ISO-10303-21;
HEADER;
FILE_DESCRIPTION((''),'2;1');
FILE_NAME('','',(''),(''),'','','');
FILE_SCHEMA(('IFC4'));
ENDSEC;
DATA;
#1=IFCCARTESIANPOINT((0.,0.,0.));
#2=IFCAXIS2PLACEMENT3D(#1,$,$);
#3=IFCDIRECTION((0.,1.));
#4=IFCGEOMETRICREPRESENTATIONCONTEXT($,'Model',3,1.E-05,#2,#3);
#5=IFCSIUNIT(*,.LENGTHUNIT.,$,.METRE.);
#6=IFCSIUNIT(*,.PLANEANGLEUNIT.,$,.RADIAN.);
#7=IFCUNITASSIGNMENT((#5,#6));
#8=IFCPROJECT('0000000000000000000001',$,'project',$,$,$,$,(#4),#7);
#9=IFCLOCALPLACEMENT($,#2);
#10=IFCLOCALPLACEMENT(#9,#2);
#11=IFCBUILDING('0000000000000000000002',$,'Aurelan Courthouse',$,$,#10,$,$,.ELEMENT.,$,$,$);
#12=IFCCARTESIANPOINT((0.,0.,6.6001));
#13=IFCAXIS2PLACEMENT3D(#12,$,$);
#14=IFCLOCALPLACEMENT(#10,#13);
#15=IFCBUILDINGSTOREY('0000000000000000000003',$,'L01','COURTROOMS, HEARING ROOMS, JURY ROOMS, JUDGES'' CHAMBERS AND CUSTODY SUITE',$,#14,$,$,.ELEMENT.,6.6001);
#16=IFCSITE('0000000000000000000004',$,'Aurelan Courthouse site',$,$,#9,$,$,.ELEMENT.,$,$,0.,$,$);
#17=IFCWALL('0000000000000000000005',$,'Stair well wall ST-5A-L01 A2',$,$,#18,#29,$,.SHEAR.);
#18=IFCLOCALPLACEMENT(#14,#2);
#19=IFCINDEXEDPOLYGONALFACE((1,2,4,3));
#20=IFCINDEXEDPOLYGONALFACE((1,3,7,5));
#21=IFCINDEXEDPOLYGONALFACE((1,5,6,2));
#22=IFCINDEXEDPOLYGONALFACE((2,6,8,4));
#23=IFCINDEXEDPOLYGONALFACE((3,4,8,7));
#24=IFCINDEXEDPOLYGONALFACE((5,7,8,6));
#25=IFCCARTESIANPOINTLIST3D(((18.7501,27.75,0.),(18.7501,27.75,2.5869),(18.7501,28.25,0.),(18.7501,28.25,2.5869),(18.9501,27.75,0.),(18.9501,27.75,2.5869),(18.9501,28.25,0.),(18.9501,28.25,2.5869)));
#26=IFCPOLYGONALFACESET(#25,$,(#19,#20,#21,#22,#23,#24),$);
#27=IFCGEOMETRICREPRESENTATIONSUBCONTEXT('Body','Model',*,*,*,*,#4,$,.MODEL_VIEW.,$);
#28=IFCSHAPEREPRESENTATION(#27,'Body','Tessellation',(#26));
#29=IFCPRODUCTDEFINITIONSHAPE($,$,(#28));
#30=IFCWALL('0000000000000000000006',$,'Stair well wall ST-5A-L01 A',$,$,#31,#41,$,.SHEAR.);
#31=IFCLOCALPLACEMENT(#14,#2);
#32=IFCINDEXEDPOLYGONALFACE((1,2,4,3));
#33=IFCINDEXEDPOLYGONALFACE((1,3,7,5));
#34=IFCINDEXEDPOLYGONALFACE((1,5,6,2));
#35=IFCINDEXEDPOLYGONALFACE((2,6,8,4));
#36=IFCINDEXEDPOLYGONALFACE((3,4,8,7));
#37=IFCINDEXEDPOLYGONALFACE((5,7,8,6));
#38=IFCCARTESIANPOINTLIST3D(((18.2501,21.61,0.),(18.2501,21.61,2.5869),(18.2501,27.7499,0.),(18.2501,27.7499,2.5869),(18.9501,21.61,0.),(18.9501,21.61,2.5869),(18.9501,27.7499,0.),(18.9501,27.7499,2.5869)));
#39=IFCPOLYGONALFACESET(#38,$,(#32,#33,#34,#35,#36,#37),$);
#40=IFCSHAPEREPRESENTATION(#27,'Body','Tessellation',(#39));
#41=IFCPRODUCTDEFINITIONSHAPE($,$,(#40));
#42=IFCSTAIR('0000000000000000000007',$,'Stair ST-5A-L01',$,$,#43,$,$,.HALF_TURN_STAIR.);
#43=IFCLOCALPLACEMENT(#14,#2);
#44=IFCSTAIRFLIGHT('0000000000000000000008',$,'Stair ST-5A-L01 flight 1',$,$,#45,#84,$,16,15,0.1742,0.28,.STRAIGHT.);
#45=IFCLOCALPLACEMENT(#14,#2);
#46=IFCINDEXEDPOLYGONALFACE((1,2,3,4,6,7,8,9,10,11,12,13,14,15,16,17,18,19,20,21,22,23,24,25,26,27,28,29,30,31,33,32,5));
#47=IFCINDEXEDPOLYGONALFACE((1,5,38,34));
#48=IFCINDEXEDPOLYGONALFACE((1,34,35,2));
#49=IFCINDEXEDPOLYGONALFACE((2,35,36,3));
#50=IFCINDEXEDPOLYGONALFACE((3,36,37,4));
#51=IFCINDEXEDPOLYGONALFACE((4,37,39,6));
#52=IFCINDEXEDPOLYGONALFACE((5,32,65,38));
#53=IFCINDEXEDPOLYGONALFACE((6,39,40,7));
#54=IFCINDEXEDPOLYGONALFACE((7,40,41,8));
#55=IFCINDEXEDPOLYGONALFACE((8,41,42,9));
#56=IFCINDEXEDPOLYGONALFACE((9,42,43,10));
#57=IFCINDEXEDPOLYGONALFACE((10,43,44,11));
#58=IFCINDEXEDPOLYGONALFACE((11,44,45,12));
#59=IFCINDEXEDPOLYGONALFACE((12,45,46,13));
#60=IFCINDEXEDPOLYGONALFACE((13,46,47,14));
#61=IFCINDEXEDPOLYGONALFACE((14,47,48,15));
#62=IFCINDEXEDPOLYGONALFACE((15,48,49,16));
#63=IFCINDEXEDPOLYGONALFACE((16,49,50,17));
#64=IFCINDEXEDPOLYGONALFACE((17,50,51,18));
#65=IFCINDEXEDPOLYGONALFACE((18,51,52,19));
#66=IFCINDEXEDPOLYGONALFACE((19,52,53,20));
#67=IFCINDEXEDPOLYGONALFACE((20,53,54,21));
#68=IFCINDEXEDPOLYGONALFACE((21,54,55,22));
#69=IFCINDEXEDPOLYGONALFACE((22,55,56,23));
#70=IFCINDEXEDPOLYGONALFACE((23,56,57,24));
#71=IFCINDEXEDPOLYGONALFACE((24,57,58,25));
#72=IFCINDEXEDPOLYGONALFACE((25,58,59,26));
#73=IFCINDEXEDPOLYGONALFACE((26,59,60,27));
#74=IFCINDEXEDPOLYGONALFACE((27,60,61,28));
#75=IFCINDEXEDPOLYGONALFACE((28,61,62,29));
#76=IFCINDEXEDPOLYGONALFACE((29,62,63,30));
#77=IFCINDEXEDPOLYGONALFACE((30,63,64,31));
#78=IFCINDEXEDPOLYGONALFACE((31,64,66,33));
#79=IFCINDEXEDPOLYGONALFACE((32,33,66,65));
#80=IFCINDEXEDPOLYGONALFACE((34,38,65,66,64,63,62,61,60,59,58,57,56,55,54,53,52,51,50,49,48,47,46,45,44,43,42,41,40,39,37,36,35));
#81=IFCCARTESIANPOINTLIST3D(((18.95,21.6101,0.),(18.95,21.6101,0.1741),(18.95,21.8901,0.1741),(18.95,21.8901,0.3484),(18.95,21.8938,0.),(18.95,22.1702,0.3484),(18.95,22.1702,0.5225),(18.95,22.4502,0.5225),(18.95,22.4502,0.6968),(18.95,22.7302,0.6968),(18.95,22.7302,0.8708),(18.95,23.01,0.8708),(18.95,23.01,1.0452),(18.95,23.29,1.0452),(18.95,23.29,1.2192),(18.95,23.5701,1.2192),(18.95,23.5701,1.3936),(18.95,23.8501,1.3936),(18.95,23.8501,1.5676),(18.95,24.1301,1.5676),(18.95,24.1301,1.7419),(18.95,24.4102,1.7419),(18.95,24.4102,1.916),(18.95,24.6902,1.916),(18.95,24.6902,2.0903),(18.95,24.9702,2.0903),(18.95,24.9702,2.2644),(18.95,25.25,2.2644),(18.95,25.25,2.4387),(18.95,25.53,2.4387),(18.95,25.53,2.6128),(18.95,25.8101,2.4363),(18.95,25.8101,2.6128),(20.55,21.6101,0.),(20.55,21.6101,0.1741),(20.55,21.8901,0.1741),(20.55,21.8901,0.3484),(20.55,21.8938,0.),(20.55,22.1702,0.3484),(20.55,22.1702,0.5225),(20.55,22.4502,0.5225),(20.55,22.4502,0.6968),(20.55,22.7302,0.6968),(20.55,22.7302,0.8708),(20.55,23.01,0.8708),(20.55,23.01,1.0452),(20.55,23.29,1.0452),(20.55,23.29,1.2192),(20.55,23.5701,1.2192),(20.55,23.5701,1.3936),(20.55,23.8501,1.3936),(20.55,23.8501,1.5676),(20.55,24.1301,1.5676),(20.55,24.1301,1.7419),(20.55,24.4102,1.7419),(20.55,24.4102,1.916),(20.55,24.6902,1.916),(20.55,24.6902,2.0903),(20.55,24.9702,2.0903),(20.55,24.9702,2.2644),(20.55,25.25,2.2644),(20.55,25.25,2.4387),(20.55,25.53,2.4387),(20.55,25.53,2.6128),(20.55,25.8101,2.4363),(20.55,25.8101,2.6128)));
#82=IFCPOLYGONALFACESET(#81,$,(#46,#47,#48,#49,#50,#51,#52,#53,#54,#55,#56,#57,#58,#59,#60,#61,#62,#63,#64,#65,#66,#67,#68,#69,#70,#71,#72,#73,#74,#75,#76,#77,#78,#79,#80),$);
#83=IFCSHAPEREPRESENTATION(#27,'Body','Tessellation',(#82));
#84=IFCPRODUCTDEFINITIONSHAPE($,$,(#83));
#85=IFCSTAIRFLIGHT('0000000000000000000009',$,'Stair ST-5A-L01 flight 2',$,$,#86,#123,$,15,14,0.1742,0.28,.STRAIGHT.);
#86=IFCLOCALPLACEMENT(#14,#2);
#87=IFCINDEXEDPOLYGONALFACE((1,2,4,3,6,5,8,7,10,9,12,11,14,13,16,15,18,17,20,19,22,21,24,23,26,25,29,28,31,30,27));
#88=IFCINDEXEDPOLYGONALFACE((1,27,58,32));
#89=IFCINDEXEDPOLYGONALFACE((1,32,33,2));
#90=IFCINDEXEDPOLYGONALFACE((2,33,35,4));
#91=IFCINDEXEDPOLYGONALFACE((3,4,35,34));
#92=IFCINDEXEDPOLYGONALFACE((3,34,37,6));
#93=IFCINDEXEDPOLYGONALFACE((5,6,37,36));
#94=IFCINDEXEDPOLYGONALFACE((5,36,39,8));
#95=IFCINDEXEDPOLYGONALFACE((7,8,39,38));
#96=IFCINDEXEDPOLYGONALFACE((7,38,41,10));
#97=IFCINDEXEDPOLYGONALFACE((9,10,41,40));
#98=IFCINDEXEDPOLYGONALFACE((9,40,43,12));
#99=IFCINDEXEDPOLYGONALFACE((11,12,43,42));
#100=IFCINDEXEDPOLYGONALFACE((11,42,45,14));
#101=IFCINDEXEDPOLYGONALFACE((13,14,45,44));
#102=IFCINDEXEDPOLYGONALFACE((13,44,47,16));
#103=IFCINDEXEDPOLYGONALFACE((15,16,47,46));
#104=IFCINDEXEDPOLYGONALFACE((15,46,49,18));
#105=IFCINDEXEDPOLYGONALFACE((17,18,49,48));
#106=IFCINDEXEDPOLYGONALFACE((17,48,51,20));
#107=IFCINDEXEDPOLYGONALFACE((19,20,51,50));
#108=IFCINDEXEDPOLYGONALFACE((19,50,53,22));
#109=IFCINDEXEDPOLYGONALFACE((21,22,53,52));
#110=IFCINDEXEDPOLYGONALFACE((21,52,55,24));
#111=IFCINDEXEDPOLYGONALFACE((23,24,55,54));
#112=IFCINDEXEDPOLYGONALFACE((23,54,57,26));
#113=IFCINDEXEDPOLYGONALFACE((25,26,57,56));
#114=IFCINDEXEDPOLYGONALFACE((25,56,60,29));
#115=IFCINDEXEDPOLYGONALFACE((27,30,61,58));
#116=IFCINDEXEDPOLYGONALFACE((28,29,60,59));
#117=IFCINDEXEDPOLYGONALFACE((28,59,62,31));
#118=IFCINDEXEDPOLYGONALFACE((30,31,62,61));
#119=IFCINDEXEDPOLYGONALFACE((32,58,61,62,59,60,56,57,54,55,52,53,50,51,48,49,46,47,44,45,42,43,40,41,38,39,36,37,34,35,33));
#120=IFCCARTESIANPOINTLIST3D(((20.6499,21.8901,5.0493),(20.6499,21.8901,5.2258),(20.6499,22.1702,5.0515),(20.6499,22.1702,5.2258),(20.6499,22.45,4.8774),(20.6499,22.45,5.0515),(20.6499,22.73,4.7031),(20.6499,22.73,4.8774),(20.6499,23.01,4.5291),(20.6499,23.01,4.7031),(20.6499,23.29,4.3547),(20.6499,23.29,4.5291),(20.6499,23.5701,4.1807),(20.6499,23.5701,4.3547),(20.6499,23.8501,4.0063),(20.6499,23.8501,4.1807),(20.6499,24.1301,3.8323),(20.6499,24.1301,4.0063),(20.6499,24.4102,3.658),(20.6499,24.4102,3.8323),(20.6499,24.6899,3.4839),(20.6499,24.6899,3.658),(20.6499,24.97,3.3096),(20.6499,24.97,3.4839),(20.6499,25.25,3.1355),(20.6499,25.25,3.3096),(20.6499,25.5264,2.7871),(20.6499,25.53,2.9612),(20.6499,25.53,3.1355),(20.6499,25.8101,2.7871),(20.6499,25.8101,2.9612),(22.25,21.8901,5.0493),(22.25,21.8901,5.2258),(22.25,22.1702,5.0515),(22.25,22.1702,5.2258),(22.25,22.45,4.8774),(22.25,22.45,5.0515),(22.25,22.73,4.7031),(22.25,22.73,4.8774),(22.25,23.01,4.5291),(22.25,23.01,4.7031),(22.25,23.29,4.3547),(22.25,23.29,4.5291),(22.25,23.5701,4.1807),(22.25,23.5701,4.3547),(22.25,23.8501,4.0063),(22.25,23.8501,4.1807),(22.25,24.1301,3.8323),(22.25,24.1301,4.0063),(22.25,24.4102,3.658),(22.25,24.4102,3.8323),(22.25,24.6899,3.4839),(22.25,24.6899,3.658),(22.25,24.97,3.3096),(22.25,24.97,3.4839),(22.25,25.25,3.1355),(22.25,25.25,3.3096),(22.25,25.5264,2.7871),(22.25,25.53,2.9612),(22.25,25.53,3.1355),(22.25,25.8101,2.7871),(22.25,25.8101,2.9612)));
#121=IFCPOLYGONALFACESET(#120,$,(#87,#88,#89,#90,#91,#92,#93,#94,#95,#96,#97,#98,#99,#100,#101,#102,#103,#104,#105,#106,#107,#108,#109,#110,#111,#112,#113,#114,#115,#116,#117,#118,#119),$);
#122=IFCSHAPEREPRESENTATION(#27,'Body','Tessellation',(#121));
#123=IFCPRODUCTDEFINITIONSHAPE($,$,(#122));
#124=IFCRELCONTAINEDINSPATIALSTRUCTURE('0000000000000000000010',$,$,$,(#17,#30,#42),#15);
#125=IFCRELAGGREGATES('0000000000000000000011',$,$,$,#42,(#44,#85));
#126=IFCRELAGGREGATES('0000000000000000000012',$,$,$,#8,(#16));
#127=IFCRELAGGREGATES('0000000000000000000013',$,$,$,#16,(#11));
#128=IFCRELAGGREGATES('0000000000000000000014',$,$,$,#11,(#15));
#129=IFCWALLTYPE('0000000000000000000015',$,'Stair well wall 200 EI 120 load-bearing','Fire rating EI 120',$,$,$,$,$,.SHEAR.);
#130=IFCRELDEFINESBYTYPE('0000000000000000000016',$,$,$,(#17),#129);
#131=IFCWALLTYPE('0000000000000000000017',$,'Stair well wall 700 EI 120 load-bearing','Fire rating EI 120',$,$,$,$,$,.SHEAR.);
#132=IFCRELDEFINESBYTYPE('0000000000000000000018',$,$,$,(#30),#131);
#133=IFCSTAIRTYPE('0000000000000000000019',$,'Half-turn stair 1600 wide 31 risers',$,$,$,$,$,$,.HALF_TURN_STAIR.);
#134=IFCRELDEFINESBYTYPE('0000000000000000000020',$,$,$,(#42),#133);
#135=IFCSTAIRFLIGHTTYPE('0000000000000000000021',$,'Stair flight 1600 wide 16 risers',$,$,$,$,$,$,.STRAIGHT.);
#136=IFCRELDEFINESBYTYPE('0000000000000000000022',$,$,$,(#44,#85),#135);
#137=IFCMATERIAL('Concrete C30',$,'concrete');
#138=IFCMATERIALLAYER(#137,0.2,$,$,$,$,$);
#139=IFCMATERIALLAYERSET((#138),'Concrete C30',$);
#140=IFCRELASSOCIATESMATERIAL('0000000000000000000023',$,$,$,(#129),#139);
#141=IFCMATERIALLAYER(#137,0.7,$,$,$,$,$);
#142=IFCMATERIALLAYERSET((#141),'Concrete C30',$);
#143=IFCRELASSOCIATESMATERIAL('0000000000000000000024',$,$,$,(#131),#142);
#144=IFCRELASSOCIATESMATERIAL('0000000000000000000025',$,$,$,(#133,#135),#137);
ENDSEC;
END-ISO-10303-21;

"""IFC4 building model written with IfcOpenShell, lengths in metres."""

from ifc_helpers import new_model, si_unit, direction, frame, frame_2d, origin, place, context, subcontext, project, spatial, polyline, rectangle, outline, extrude, material, layer, layer_set, type_object, element, aggregate, save


model = new_model("IFC4")

# Units and contexts
model_context = context("Model", 3, precision=1e-05, world=origin(), true_north=direction((0.0, 1.0)))
body_context = subcontext(model_context, "Body", "Model", "MODEL_VIEW")
ifc_project = project(units=[si_unit("LENGTHUNIT", "METRE"), si_unit("PLANEANGLEUNIT", "RADIAN")], contexts=[model_context])

# Site, building, storey
site_placement = place(None, origin())
site = spatial("IfcSite", under=ifc_project, at=site_placement, Name="Aurelan Courthouse site", CompositionType="ELEMENT", RefElevation=0.0)
building_placement = place(site_placement, origin())
building = spatial("IfcBuilding", under=site, at=building_placement, Name="Aurelan Courthouse", CompositionType="ELEMENT")
storey_placement = place(building_placement, frame((0.0, 0.0, 6.6001)))
storey = spatial("IfcBuildingStorey", under=building, at=storey_placement, Name="L01", Description="COURTROOMS, HEARING ROOMS, JURY ROOMS, JUDGES' CHAMBERS AND CUSTODY SUITE", CompositionType="ELEMENT", Elevation=6.6001)

# Walls
ifc_material_1 = material(Name="Concrete C30", Category="concrete")
ifc_layer_1 = layer(ifc_material_1, 0.2)
ifc_layer_set_1 = layer_set([ifc_layer_1], Name="Concrete C30")
wall_type_1 = type_object("IfcWallType", Name="Stair well wall 200 EI 120 load-bearing", Description="Fire rating EI 120", PredefinedType="SHEAR", material=ifc_layer_set_1)
wall_1_placement = place(storey_placement, frame((18.8501, 27.75, 0.0), z_axis=(0.0, 0.0, 1.0), x_axis=(0.0, 1.0, 0.0)))
element("IfcWall", 1, at=wall_1_placement, inside=storey, type_object=wall_type_1, Name="Stair well wall ST-5A-L01 A2", PredefinedType="SHEAR", context=body_context, shape_type="SweptSolid", body=[
    extrude(rectangle(XDim=0.5, YDim=0.2, at=frame_2d((0.25, 0.0))), origin(), (0.0, 0.0, 1.0), 2.5869),
])
ifc_layer_2 = layer(ifc_material_1, 0.7)
ifc_layer_set_2 = layer_set([ifc_layer_2], Name="Concrete C30")
wall_type_2 = type_object("IfcWallType", Name="Stair well wall 700 EI 120 load-bearing", Description="Fire rating EI 120", PredefinedType="SHEAR", material=ifc_layer_set_2)
wall_2_placement = place(storey_placement, frame((18.6001, 21.6101, 0.0), z_axis=(0.0, 0.0, 1.0), x_axis=(0.0, 1.0, 0.0)))
element("IfcWall", 2, at=wall_2_placement, inside=storey, type_object=wall_type_2, Name="Stair well wall ST-5A-L01 A", PredefinedType="SHEAR", context=body_context, shape_type="SweptSolid", body=[
    extrude(rectangle(XDim=6.1399, YDim=0.7, at=frame_2d((3.0698, 0.0))), origin(), (0.0, 0.0, 1.0), 2.5869),
])

# Stair, stair flights
stair_type = type_object("IfcStairType", Name="Half-turn stair 1600 wide 31 risers", PredefinedType="HALF_TURN_STAIR", material=ifc_material_1)
stair_placement = place(storey_placement, origin())
stair = element("IfcStair", 3, at=stair_placement, inside=storey, type_object=stair_type, Name="Stair ST-5A-L01", PredefinedType="HALF_TURN_STAIR")
stair_flight_type = type_object("IfcStairFlightType", Name="Stair flight 1600 wide 16 risers", PredefinedType="STRAIGHT", material=ifc_material_1)
stair_flight_1_placement = place(storey_placement, frame((19.75, 21.6101, 0.0), z_axis=(0.0, 0.0, 1.0), x_axis=(0.0, 1.0, 0.0)))
stair_flight_1 = element("IfcStairFlight", 4, at=stair_flight_1_placement, type_object=stair_flight_type, Name="Stair ST-5A-L01 flight 1", NumberOfRisers=16, NumberOfTreads=15, PredefinedType="STRAIGHT", RiserHeight=0.1742, TreadLength=0.28, context=body_context, shape_type="SweptSolid", body=[
    extrude(outline(polyline([(0.0, 0.0), (0.0, 0.1741), (0.28, 0.1741), (0.28, 0.3484), (0.5601, 0.3484), (0.5601, 0.5225), (0.8401, 0.5225), (0.8401, 0.6968), (1.1201, 0.6968), (1.1201, 0.8708), (1.3999, 0.8708), (1.3999, 1.0452), (1.6799, 1.0452), (1.6799, 1.2192), (1.96, 1.2192), (1.96, 1.3936), (2.24, 1.3936), (2.24, 1.5676), (2.52, 1.5676), (2.52, 1.7419), (2.8, 1.7419), (2.8, 1.916), (3.0801, 1.916), (3.0801, 2.0903), (3.3601, 2.0903), (3.3601, 2.2644), (3.6399, 2.2644), (3.6399, 2.4387), (3.9199, 2.4387), (3.9199, 2.6128), (4.2, 2.6128), (4.2, 2.7871), (4.2, 2.4363), (0.2837, 0.0), (0.0, 0.0)])), frame((0.0, 0.8, 0.0), z_axis=(0.0, -1.0, 0.0), x_axis=(1.0, 0.0, 0.0)), (0.0, 0.0, 1.0), 1.6001),
])
stair_flight_2_placement = place(storey_placement, frame((21.45, 25.8101, 2.7871), z_axis=(0.0, 0.0, 1.0), x_axis=(0.0, -1.0, 0.0)))
stair_flight_2 = element("IfcStairFlight", 5, at=stair_flight_2_placement, type_object=stair_flight_type, Name="Stair ST-5A-L01 flight 2", NumberOfRisers=15, NumberOfTreads=14, PredefinedType="STRAIGHT", RiserHeight=0.1742, TreadLength=0.28, context=body_context, shape_type="SweptSolid", body=[
    extrude(outline(polyline([(0.0, 0.0), (0.0, 0.1741), (0.28, 0.1741), (0.28, 0.3484), (0.5601, 0.3484), (0.5601, 0.5225), (0.8401, 0.5225), (0.8401, 0.6968), (1.1201, 0.6968), (1.1201, 0.8708), (1.3999, 0.8708), (1.3999, 1.0452), (1.6799, 1.0452), (1.6799, 1.2192), (1.96, 1.2192), (1.96, 1.3936), (2.24, 1.3936), (2.24, 1.5676), (2.52, 1.5676), (2.52, 1.7419), (2.8, 1.7419), (2.8, 1.916), (3.0801, 1.916), (3.0801, 2.0903), (3.3601, 2.0903), (3.3601, 2.2644), (3.6399, 2.2644), (3.6399, 2.4387), (3.9199, 2.4387), (3.9199, 2.6128), (3.9199, 2.2622), (0.2837, 0.0), (0.0, 0.0)])), frame((0.0, 0.8, 0.0), z_axis=(0.0, -1.0, 0.0), x_axis=(1.0, 0.0, 0.0)), (0.0, 0.0, 1.0), 1.6001),
])
aggregate(stair, [stair_flight_1, stair_flight_2])

save(model, "model.ifc")
